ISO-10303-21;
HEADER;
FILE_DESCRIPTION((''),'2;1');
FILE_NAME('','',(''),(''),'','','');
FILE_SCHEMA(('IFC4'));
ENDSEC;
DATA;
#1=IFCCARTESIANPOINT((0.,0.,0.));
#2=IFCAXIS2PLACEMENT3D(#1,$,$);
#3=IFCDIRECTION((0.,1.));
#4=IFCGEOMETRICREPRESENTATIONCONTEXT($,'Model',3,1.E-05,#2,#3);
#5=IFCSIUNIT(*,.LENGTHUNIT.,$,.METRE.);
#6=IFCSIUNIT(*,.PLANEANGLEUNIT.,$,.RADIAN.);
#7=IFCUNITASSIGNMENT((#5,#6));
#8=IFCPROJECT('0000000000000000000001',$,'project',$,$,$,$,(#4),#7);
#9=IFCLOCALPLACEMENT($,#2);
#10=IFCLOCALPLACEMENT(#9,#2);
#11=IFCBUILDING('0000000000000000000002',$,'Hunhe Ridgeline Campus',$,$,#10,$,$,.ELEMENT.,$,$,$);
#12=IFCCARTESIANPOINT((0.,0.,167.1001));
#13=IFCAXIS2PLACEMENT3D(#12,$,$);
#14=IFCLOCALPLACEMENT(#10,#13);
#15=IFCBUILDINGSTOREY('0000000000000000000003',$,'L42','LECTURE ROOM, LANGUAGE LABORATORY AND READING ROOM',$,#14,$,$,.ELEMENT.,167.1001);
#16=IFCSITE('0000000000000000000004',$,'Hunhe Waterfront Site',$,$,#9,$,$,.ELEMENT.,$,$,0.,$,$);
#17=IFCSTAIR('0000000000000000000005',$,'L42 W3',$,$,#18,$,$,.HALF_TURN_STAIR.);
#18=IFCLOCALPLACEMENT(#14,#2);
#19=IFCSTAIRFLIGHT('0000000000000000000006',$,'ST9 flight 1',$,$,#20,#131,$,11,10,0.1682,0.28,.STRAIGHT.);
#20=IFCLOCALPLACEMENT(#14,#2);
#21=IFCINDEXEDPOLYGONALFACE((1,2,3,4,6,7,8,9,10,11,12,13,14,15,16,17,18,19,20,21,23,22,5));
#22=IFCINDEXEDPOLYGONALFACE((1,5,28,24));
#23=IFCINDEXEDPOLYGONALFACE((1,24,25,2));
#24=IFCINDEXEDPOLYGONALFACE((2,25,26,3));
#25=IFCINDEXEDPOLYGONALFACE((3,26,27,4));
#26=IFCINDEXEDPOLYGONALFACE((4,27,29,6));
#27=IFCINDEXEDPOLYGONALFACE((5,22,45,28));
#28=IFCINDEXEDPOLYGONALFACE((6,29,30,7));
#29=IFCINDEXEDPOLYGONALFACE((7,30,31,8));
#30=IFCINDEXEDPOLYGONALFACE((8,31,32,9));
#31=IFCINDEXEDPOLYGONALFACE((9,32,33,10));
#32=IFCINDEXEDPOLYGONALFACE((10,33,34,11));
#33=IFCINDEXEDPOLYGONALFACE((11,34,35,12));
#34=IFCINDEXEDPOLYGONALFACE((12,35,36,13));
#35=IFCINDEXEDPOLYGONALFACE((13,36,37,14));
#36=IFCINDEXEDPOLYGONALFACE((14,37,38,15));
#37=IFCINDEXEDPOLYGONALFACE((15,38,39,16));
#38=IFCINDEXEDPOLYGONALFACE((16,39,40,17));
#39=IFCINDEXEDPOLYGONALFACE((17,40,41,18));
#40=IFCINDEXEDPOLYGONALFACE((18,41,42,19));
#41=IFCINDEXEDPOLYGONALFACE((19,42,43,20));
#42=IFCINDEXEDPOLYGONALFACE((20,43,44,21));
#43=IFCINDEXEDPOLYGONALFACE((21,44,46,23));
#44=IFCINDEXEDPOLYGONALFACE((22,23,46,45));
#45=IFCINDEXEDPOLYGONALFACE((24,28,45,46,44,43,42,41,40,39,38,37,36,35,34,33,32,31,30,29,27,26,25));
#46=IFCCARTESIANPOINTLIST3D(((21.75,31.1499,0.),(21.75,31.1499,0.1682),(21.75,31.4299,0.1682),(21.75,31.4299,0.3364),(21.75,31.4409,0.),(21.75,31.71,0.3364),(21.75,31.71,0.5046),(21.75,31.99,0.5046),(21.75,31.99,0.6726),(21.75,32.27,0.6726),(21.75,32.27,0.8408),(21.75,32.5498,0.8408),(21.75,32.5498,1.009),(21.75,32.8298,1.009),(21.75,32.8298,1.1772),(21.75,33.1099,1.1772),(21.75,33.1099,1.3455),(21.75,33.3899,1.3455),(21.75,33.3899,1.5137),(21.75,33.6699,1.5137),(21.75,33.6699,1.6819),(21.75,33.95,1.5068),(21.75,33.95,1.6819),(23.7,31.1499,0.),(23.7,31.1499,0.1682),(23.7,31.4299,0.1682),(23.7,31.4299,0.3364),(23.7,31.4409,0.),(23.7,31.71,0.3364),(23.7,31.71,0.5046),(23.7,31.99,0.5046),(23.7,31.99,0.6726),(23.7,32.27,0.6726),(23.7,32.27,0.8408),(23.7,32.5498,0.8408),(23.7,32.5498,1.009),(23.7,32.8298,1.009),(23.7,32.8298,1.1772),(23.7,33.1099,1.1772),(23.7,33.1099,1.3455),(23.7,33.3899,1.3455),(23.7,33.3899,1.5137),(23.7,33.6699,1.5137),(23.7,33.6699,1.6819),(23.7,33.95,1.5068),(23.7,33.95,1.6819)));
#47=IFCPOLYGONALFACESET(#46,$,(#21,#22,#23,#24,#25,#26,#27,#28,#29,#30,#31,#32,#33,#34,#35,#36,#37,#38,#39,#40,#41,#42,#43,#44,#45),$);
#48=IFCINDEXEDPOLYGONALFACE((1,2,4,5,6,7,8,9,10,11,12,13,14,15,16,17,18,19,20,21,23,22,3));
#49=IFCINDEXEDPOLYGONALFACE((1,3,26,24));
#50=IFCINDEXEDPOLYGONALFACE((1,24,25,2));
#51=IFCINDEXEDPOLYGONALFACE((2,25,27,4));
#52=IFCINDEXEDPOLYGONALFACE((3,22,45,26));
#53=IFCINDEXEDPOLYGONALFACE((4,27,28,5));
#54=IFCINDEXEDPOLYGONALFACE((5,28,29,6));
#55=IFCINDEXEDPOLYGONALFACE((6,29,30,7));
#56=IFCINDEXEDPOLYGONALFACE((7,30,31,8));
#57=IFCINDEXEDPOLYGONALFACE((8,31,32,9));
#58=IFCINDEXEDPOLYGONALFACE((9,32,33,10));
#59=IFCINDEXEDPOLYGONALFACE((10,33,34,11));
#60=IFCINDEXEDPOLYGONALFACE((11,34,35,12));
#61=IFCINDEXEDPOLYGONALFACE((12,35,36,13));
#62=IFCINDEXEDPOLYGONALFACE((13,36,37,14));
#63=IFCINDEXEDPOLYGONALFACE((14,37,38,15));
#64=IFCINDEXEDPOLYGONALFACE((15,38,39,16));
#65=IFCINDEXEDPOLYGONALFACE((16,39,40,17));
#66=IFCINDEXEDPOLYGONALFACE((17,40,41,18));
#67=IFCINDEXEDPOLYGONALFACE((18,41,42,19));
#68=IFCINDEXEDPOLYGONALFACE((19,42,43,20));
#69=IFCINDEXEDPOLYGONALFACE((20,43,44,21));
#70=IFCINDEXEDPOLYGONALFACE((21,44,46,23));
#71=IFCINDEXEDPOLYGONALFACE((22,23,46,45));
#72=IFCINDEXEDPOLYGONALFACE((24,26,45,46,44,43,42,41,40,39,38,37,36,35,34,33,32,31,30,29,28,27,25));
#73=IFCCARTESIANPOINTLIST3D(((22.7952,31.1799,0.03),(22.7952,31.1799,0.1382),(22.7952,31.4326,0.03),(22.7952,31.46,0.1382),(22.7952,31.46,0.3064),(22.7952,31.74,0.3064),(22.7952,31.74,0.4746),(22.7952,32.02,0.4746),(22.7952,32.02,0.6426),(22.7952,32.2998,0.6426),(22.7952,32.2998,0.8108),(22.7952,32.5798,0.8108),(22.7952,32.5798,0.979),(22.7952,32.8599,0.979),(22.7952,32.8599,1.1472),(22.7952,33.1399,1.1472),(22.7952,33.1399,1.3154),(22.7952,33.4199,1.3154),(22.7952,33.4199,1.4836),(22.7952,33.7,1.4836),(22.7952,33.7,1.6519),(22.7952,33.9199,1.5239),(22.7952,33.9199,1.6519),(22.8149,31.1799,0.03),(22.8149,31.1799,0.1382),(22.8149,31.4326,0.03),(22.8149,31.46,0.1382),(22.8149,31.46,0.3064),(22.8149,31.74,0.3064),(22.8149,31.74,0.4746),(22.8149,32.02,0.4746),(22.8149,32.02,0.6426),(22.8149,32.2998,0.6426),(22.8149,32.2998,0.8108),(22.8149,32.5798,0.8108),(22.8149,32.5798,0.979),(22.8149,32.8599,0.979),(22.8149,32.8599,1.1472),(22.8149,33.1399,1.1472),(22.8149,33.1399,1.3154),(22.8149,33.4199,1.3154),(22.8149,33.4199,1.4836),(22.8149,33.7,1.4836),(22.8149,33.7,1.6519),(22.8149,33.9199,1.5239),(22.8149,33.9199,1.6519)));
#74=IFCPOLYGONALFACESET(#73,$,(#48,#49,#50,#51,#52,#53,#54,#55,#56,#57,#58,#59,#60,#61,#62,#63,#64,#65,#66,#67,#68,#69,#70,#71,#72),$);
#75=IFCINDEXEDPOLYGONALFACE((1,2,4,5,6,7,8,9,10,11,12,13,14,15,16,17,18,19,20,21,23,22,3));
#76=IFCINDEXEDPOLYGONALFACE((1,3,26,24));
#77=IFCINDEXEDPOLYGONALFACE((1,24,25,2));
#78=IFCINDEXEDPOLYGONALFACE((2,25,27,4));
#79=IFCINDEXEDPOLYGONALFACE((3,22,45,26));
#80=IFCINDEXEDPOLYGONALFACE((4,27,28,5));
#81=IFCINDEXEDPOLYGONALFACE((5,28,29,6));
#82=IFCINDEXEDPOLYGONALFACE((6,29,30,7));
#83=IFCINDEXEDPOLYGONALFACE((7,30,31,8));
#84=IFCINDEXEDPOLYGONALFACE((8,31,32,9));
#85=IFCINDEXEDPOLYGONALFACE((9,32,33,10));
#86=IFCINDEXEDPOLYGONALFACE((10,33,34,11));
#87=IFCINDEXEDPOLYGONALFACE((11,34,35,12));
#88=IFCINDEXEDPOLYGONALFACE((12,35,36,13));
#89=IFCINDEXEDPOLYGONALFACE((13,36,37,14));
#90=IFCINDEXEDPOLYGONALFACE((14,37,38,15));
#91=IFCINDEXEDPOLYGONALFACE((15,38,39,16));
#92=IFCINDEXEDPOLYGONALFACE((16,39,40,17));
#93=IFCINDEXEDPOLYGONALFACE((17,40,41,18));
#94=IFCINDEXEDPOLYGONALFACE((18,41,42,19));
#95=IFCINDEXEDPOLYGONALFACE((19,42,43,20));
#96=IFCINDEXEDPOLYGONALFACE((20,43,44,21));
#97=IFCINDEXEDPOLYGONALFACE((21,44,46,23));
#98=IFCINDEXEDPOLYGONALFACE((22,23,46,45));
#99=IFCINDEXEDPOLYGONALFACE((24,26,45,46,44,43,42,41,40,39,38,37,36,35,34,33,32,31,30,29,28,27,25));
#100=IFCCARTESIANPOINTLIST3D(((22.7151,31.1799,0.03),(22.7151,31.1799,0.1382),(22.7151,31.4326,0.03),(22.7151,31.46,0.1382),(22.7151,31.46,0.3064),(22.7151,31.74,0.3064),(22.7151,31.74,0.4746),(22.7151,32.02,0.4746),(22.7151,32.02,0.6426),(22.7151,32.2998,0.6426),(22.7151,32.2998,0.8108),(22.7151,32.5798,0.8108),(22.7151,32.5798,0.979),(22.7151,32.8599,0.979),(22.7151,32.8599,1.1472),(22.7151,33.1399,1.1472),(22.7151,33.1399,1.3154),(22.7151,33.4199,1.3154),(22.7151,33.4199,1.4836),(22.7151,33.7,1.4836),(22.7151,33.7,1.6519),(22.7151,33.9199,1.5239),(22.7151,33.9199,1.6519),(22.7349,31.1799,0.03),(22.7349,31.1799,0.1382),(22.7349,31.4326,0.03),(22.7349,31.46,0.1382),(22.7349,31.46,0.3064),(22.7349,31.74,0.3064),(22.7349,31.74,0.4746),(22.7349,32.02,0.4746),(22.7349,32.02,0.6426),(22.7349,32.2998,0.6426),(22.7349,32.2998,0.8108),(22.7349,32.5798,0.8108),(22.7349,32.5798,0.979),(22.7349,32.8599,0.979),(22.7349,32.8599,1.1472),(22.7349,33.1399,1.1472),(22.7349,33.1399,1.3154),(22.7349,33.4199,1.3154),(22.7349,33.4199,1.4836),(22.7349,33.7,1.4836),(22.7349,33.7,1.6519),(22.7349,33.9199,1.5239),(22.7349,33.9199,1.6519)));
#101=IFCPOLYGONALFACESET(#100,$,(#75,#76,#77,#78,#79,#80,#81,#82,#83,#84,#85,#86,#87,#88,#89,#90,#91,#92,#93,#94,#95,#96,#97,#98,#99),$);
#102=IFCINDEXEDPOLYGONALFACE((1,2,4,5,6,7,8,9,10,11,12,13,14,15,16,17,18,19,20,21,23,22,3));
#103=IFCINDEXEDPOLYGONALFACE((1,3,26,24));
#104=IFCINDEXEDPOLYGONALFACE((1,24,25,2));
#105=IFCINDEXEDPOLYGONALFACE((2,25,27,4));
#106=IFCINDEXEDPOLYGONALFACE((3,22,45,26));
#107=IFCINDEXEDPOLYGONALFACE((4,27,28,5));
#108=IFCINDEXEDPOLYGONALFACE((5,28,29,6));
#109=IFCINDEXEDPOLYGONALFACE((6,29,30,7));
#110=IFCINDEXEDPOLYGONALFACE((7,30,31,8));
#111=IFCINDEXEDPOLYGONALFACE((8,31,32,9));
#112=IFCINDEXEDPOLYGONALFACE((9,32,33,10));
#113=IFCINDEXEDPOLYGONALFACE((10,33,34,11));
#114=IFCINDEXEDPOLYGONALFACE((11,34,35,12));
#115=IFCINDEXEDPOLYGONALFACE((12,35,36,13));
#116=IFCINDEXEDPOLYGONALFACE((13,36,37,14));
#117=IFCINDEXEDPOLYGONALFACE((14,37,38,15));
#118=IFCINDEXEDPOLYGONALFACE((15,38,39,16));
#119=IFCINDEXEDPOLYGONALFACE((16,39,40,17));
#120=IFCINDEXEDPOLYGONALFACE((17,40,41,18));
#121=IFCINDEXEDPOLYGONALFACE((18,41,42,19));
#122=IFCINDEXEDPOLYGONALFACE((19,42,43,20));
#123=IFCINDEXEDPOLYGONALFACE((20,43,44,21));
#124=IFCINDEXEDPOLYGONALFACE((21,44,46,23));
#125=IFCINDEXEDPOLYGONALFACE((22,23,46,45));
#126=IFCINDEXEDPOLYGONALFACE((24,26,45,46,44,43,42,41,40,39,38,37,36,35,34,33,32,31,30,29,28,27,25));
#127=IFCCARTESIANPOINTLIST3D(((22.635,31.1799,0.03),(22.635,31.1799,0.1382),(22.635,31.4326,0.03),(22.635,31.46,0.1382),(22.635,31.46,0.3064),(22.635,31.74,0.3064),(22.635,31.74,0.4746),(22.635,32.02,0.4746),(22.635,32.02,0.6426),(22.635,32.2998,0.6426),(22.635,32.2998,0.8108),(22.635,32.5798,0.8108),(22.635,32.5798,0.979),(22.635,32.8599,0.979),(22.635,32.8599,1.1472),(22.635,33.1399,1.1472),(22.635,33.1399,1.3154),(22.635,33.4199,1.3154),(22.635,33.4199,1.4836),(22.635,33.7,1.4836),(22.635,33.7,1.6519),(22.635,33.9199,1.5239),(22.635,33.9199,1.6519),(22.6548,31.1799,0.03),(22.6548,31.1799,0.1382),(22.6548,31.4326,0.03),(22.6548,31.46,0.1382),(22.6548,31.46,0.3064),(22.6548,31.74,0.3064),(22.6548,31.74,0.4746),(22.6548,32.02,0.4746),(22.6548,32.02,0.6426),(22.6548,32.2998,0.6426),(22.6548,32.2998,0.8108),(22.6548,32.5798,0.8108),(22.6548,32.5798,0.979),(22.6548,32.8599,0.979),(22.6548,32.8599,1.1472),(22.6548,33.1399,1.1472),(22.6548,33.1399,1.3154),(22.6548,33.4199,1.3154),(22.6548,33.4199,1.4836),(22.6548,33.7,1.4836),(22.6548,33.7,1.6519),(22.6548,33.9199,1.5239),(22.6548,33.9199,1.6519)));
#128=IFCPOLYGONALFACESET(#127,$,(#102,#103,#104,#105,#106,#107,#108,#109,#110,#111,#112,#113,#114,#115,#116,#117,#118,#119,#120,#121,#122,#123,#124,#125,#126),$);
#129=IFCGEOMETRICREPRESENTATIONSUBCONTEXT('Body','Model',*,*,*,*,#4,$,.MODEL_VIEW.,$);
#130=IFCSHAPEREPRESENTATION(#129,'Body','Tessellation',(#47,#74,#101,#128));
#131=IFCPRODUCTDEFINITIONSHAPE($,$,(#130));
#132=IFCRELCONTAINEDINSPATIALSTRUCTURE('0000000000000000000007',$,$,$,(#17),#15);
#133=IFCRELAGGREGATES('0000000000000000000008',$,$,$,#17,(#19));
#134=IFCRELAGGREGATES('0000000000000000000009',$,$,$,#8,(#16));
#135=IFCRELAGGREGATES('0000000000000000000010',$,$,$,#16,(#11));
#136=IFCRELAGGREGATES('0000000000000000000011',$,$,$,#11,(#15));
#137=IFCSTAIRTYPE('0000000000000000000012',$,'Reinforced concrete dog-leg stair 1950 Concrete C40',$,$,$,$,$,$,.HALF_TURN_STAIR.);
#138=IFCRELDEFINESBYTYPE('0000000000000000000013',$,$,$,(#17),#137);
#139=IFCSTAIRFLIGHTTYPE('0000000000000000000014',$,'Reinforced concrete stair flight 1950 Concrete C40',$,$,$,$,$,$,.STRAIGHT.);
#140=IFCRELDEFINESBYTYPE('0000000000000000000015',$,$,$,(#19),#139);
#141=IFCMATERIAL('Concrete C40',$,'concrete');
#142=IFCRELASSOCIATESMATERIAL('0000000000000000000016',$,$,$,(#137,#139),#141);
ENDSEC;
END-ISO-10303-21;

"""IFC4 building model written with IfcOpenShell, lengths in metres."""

from ifc_helpers import new_model, si_unit, direction, frame, origin, place, context, subcontext, project, spatial, polyline, outline, extrude, material, type_object, element, aggregate, save


model = new_model("IFC4")

# Units and contexts
model_context = context("Model", 3, precision=1e-05, world=origin(), true_north=direction((0.0, 1.0)))
body_context = subcontext(model_context, "Body", "Model", "MODEL_VIEW")
ifc_project = project(units=[si_unit("LENGTHUNIT", "METRE"), si_unit("PLANEANGLEUNIT", "RADIAN")], contexts=[model_context])

# Site, building, storey
site_placement = place(None, origin())
site = spatial("IfcSite", under=ifc_project, at=site_placement, Name="Hunhe Waterfront Site", CompositionType="ELEMENT", RefElevation=0.0)
building_placement = place(site_placement, origin())
building = spatial("IfcBuilding", under=site, at=building_placement, Name="Hunhe Ridgeline Campus", CompositionType="ELEMENT")
storey_placement = place(building_placement, frame((0.0, 0.0, 167.1001)))
storey = spatial("IfcBuildingStorey", under=building, at=storey_placement, Name="L42", Description="LECTURE ROOM, LANGUAGE LABORATORY AND READING ROOM", CompositionType="ELEMENT", Elevation=167.1001)

# Stair, stair flight
ifc_material_1 = material(Name="Concrete C40", Category="concrete")
stair_type = type_object("IfcStairType", Name="Reinforced concrete dog-leg stair 1950 Concrete C40", PredefinedType="HALF_TURN_STAIR", material=ifc_material_1)
stair_placement = place(storey_placement, origin())
stair = element("IfcStair", 1, at=stair_placement, inside=storey, type_object=stair_type, Name="L42 W3", PredefinedType="HALF_TURN_STAIR")
stair_flight_type = type_object("IfcStairFlightType", Name="Reinforced concrete stair flight 1950 Concrete C40", PredefinedType="STRAIGHT", material=ifc_material_1)
stair_flight_placement = place(storey_placement, frame((22.7251, 31.1499, 0.0), z_axis=(0.0, 0.0, 1.0), x_axis=(0.0, 1.0, 0.0)))
stair_flight = element("IfcStairFlight", 2, at=stair_flight_placement, type_object=stair_flight_type, Name="ST9 flight 1", NumberOfRisers=11, NumberOfTreads=10, PredefinedType="STRAIGHT", RiserHeight=0.1682, TreadLength=0.28, context=body_context, shape_type="SweptSolid", body=[
    extrude(outline(polyline([(0.0, 0.0), (0.0, 0.1682), (0.28, 0.1682), (0.28, 0.3364), (0.5601, 0.3364), (0.5601, 0.5046), (0.8401, 0.5046), (0.8401, 0.6726), (1.1201, 0.6726), (1.1201, 0.8408), (1.3999, 0.8408), (1.3999, 1.009), (1.6799, 1.009), (1.6799, 1.1772), (1.96, 1.1772), (1.96, 1.3455), (2.24, 1.3455), (2.24, 1.5137), (2.52, 1.5137), (2.52, 1.6819), (2.8, 1.6819), (2.8, 1.8501), (2.8, 1.5068), (0.291, 0.0), (0.0, 0.0)])), frame((0.0, 0.9751, 0.0), z_axis=(0.0, -1.0, 0.0), x_axis=(1.0, 0.0, 0.0)), (0.0, 0.0, 1.0), 1.95),
    extrude(outline(polyline([(0.03, 0.03), (0.03, 0.1382), (0.3101, 0.1382), (0.3101, 0.3064), (0.5901, 0.3064), (0.5901, 0.4746), (0.8701, 0.4746), (0.8701, 0.6426), (1.1499, 0.6426), (1.1499, 0.8108), (1.4299, 0.8108), (1.4299, 0.979), (1.71, 0.979), (1.71, 1.1472), (1.99, 1.1472), (1.99, 1.3154), (2.27, 1.3154), (2.27, 1.4836), (2.55, 1.4836), (2.55, 1.6519), (2.77, 1.6519), (2.77, 1.5239), (0.2827, 0.03), (0.03, 0.03)])), frame((0.0, -0.0701, 0.0), z_axis=(0.0, -1.0, 0.0), x_axis=(1.0, 0.0, 0.0)), (0.0, 0.0, 1.0), 0.0198),
    extrude(outline(polyline([(0.03, 0.03), (0.03, 0.1382), (0.3101, 0.1382), (0.3101, 0.3064), (0.5901, 0.3064), (0.5901, 0.4746), (0.8701, 0.4746), (0.8701, 0.6426), (1.1499, 0.6426), (1.1499, 0.8108), (1.4299, 0.8108), (1.4299, 0.979), (1.71, 0.979), (1.71, 1.1472), (1.99, 1.1472), (1.99, 1.3154), (2.27, 1.3154), (2.27, 1.4836), (2.55, 1.4836), (2.55, 1.6519), (2.77, 1.6519), (2.77, 1.5239), (0.2827, 0.03), (0.03, 0.03)])), frame((0.0, 0.01, 0.0), z_axis=(0.0, -1.0, 0.0), x_axis=(1.0, 0.0, 0.0)), (0.0, 0.0, 1.0), 0.0198),
    extrude(outline(polyline([(0.03, 0.03), (0.03, 0.1382), (0.3101, 0.1382), (0.3101, 0.3064), (0.5901, 0.3064), (0.5901, 0.4746), (0.8701, 0.4746), (0.8701, 0.6426), (1.1499, 0.6426), (1.1499, 0.8108), (1.4299, 0.8108), (1.4299, 0.979), (1.71, 0.979), (1.71, 1.1472), (1.99, 1.1472), (1.99, 1.3154), (2.27, 1.3154), (2.27, 1.4836), (2.55, 1.4836), (2.55, 1.6519), (2.77, 1.6519), (2.77, 1.5239), (0.2827, 0.03), (0.03, 0.03)])), frame((0.0, 0.0901, 0.0), z_axis=(0.0, -1.0, 0.0), x_axis=(1.0, 0.0, 0.0)), (0.0, 0.0, 1.0), 0.0198),
])
aggregate(stair, [stair_flight])

save(model, "model.ifc")
